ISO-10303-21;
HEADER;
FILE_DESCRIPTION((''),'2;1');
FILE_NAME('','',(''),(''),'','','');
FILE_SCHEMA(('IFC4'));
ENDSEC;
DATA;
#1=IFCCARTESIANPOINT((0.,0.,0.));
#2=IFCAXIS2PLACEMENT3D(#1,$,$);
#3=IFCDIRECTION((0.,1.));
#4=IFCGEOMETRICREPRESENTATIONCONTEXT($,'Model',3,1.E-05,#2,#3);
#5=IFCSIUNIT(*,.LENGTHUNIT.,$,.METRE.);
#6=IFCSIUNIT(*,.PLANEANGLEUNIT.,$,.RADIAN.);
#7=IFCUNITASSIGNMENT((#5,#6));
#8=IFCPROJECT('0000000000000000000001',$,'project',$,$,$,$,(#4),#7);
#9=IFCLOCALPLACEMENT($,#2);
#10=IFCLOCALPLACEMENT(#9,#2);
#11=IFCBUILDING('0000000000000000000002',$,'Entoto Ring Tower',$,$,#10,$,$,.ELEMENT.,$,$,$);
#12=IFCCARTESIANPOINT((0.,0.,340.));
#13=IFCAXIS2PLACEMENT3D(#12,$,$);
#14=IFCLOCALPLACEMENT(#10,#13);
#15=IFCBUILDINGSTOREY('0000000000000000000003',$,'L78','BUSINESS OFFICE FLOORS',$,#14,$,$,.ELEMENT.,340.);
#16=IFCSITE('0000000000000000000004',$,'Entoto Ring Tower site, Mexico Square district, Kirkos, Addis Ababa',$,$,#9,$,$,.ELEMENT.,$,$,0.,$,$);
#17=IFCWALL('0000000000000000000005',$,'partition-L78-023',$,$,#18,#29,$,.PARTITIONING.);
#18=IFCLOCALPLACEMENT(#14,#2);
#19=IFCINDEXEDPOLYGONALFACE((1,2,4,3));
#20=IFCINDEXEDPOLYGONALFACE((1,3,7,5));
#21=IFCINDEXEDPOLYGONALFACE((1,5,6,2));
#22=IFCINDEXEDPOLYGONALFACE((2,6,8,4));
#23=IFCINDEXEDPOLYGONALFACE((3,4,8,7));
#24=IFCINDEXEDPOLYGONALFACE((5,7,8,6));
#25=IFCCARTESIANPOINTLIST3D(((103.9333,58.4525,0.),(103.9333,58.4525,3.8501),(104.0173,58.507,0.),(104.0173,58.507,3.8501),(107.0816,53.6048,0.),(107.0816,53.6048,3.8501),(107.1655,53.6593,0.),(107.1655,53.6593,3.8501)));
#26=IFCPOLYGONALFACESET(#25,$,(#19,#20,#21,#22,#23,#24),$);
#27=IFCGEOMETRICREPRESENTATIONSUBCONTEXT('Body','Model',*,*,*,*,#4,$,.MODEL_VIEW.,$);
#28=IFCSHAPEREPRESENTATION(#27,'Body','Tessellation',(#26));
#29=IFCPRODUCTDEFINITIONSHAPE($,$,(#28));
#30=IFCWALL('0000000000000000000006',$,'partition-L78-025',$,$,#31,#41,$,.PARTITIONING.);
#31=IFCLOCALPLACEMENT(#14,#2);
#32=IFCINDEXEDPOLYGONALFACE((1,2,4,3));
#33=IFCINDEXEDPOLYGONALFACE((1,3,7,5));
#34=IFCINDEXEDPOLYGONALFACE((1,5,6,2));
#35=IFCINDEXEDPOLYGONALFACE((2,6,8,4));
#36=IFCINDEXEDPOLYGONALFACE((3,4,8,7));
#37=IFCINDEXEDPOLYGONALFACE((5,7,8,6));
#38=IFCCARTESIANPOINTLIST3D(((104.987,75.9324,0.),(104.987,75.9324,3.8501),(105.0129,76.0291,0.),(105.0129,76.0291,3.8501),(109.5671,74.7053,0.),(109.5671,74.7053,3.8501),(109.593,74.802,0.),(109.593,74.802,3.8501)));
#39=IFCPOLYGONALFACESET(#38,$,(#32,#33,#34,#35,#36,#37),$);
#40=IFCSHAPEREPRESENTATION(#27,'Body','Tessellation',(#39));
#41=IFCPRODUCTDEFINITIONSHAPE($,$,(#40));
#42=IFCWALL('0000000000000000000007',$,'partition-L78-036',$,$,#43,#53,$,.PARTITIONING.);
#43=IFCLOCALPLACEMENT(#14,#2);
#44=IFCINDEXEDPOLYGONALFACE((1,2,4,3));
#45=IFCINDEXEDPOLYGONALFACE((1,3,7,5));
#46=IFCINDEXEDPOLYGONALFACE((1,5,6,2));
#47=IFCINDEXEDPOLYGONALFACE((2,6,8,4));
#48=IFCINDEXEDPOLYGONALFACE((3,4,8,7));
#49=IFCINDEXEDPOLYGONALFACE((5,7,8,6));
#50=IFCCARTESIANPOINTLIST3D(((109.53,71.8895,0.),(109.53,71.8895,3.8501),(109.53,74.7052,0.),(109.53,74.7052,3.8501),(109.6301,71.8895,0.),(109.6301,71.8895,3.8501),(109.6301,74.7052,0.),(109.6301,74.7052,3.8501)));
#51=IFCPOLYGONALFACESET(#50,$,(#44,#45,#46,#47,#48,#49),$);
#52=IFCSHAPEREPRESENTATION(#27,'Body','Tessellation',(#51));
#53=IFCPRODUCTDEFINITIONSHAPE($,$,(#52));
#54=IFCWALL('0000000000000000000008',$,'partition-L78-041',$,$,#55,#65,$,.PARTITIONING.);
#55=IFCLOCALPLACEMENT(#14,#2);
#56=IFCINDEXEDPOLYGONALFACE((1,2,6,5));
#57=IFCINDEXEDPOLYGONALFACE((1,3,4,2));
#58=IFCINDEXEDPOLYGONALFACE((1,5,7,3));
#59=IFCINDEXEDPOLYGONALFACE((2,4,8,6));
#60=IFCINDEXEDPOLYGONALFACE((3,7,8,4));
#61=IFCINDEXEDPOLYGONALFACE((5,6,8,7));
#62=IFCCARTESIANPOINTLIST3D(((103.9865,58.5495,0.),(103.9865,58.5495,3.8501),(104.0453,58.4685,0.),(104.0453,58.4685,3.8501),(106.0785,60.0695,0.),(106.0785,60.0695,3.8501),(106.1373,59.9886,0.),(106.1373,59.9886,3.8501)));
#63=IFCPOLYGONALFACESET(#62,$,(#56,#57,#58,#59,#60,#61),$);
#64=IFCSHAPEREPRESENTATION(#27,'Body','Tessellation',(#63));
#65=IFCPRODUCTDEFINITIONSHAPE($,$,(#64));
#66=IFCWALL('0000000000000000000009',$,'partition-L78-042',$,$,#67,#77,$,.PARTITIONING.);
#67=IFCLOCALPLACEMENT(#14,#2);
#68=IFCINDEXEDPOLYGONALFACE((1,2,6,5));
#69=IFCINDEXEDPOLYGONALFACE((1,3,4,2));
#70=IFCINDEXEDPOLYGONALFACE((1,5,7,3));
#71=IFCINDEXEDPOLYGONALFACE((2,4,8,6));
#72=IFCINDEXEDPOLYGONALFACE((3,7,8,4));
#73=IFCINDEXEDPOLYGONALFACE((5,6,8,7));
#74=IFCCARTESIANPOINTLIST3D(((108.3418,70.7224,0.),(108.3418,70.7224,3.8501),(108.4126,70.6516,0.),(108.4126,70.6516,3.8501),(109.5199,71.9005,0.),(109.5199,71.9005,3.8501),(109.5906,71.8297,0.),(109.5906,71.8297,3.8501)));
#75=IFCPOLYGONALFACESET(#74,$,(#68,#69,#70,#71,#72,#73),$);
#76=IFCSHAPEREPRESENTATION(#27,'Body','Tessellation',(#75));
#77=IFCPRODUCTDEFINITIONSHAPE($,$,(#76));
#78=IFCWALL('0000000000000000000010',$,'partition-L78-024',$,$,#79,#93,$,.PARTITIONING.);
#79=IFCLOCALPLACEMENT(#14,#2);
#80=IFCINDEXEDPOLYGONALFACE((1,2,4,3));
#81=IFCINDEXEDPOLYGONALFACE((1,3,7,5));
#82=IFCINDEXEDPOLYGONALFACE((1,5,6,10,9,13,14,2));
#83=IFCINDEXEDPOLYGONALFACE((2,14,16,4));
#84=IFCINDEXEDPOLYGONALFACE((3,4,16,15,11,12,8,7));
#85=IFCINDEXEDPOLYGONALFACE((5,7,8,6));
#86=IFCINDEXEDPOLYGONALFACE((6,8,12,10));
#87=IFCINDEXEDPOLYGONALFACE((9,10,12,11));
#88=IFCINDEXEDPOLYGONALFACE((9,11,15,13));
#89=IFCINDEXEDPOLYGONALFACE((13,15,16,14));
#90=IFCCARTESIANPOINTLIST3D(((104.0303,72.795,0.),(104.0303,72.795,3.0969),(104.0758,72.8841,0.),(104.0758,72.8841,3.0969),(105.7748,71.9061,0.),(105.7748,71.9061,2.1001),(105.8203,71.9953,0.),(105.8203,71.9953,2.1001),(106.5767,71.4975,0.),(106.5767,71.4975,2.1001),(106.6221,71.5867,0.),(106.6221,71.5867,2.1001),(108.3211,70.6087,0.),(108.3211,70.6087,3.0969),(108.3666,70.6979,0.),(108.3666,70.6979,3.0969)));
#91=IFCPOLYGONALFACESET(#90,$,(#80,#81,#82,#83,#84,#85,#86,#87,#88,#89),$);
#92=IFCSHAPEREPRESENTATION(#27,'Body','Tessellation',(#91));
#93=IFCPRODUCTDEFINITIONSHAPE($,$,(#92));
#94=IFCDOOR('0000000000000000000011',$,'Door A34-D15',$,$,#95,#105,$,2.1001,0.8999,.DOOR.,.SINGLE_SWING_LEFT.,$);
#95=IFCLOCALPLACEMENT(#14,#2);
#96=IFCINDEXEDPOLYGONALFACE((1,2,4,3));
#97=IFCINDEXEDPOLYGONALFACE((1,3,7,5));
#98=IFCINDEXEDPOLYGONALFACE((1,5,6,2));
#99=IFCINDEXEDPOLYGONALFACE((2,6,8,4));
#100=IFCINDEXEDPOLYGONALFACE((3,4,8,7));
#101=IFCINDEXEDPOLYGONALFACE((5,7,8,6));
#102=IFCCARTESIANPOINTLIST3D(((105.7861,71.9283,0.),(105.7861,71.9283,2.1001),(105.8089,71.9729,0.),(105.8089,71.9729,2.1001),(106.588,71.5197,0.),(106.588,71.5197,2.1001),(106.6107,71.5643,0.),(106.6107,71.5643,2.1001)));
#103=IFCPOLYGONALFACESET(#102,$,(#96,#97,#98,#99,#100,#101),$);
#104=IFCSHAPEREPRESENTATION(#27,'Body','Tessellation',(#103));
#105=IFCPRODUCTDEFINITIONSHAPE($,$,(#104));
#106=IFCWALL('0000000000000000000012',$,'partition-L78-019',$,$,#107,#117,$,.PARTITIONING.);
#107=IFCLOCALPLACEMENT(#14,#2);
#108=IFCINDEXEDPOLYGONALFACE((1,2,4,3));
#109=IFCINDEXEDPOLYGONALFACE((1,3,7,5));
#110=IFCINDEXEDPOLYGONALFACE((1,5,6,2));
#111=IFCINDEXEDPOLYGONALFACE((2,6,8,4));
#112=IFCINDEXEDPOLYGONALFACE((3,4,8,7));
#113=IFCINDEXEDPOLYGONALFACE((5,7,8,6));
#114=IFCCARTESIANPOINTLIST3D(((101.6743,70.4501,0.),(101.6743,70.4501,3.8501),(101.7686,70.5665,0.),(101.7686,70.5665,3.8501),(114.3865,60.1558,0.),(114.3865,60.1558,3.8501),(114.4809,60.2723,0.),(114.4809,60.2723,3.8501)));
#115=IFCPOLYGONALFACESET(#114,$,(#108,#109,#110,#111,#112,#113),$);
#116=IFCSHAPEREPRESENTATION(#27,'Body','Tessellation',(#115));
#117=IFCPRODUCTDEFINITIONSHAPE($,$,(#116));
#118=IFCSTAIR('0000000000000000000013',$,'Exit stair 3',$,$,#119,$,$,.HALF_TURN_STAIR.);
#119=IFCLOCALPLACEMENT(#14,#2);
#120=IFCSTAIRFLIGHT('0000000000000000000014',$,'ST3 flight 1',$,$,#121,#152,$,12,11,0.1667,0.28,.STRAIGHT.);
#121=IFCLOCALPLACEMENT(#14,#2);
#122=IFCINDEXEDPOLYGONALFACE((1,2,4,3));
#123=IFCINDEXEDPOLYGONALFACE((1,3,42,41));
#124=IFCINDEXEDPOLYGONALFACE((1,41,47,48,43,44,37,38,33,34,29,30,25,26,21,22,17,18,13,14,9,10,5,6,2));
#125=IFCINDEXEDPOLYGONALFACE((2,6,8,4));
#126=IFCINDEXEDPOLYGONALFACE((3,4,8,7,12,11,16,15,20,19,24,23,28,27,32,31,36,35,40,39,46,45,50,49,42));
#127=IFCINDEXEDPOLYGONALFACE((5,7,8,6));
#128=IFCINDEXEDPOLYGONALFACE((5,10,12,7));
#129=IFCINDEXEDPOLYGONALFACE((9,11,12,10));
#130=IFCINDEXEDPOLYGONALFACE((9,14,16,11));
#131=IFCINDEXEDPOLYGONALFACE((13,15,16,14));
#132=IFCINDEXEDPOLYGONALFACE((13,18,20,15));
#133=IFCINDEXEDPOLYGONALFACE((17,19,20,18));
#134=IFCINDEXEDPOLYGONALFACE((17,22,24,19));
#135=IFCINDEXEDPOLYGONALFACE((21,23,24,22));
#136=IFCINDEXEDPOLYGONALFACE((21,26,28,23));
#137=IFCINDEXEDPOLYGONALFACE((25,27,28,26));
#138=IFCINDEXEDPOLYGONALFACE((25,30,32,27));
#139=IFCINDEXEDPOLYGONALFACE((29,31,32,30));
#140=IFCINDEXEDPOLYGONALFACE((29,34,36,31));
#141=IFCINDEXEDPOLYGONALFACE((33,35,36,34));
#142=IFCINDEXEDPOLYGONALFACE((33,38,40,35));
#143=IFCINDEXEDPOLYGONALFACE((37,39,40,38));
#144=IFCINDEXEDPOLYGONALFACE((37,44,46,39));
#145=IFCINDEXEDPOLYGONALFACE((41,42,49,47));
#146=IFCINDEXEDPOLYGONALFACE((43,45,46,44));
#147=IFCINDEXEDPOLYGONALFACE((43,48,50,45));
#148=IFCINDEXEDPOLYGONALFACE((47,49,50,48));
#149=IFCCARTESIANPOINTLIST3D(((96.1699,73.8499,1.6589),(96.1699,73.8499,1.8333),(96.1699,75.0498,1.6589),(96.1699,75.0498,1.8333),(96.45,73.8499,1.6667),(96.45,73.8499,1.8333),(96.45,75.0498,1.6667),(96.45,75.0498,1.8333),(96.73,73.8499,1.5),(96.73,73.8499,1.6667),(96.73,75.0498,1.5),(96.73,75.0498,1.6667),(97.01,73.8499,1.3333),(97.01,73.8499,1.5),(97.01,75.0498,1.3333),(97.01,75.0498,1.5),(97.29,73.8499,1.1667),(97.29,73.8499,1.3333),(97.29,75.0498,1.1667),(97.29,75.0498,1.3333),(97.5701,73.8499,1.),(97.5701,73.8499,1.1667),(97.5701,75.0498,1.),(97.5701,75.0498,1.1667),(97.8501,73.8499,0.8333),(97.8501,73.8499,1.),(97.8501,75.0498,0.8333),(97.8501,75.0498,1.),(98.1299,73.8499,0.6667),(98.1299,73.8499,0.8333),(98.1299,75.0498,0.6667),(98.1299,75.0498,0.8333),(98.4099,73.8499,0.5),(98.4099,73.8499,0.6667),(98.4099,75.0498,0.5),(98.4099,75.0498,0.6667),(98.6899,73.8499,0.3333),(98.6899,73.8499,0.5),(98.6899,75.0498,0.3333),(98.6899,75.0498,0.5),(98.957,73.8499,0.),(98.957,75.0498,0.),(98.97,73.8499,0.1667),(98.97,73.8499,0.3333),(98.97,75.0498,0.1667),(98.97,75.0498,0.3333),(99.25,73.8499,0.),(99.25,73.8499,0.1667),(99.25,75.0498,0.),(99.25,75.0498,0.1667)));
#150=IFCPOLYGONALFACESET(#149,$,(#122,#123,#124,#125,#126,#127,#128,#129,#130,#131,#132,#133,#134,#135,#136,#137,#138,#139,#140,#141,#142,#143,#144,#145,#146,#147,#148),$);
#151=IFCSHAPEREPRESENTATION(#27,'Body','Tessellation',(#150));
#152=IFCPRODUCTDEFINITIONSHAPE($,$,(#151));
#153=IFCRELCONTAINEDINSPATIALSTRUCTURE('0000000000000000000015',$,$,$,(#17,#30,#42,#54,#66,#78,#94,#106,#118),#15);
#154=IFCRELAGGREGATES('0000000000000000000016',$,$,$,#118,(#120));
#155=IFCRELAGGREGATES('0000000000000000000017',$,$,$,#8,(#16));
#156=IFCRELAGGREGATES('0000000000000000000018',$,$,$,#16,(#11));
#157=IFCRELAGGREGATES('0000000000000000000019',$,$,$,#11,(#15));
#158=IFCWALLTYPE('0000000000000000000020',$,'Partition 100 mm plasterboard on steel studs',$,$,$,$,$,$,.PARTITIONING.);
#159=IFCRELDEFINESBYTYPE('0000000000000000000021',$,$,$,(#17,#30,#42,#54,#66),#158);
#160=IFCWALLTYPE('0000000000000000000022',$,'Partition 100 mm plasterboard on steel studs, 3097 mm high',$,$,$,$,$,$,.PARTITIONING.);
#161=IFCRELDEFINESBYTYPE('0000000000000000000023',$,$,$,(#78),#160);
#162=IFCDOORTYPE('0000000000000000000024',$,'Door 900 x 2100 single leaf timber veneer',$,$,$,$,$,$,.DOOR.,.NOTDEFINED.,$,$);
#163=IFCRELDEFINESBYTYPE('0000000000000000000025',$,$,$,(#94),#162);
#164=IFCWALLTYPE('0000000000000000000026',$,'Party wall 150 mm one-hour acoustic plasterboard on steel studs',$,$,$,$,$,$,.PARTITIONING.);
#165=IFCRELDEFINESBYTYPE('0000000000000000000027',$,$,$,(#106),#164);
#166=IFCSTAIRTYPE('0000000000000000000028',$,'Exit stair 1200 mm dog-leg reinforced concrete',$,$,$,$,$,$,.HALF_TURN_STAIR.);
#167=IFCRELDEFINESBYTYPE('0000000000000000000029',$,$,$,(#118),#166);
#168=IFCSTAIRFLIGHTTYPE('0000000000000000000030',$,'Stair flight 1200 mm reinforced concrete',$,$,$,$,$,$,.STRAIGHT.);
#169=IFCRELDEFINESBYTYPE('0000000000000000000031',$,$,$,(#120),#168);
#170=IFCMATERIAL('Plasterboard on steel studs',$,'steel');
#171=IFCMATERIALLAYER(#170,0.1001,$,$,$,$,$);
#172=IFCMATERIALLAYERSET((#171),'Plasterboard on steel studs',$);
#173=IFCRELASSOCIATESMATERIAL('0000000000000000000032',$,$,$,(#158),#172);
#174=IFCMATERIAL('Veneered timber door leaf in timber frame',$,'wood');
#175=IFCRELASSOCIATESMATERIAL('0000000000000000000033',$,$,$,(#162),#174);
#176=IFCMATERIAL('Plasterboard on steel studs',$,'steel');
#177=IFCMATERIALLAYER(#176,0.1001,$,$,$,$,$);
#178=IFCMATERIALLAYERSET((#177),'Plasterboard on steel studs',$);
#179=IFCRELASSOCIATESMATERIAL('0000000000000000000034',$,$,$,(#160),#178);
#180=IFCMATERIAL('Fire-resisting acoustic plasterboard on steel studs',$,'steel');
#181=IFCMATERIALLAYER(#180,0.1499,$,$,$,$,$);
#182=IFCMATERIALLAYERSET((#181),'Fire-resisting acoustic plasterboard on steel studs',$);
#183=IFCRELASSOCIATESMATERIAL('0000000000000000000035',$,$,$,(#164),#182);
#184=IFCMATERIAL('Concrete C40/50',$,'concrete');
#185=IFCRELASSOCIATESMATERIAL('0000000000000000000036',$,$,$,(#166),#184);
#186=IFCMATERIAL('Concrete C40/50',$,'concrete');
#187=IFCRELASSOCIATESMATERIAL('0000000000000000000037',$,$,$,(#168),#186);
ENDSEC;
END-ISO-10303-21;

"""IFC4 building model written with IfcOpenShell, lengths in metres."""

from ifc_helpers import new_model, si_unit, direction, frame, frame_2d, origin, place, context, subcontext, project, spatial, polyline, rectangle, outline, extrude, material, layer, layer_set, type_object, element, fill, aggregate, save


model = new_model("IFC4")

# Units and contexts
model_context = context("Model", 3, precision=1e-05, world=origin(), true_north=direction((0.0, 1.0)))
body_context = subcontext(model_context, "Body", "Model", "MODEL_VIEW")
ifc_project = project(units=[si_unit("LENGTHUNIT", "METRE"), si_unit("PLANEANGLEUNIT", "RADIAN")], contexts=[model_context])

# Site, building, storey
site_placement = place(None, origin())
site = spatial("IfcSite", under=ifc_project, at=site_placement, Name="Entoto Ring Tower site, Mexico Square district, Kirkos, Addis Ababa", CompositionType="ELEMENT", RefElevation=0.0)
building_placement = place(site_placement, origin())
building = spatial("IfcBuilding", under=site, at=building_placement, Name="Entoto Ring Tower", CompositionType="ELEMENT")
storey_placement = place(building_placement, frame((0.0, 0.0, 340.0)))
storey = spatial("IfcBuildingStorey", under=building, at=storey_placement, Name="L78", Description="BUSINESS OFFICE FLOORS", CompositionType="ELEMENT", Elevation=340.0)

# Shared definitions
ifc_material_1 = material(Name="Plasterboard on steel studs", Category="steel")
ifc_layer_1 = layer(ifc_material_1, 0.1001)
ifc_layer_set_1 = layer_set([ifc_layer_1], Name="Plasterboard on steel studs")
wall_type_1 = type_object("IfcWallType", Name="Partition 100 mm plasterboard on steel studs", PredefinedType="PARTITIONING", material=ifc_layer_set_1)
ifc_material_2 = material(Name="Veneered timber door leaf in timber frame", Category="wood")
door_type_1 = type_object("IfcDoorType", Name="Door 900 x 2100 single leaf timber veneer", OperationType="NOTDEFINED", PredefinedType="DOOR", material=ifc_material_2)

# Walls
wall_1_placement = place(storey_placement, frame((107.1235, 53.6321, 0.0), z_axis=(0.0, 0.0, 1.0), x_axis=(-0.54465, 0.838664, 0.0)))
element("IfcWall", 1, at=wall_1_placement, inside=storey, type_object=wall_type_1, Name="partition-L78-023", PredefinedType="PARTITIONING", context=body_context, shape_type="SweptSolid", body=[
    extrude(rectangle(XDim=5.7803, YDim=0.1001, at=frame_2d((2.8901, 0.0))), origin(), (0.0, 0.0, 1.0), 3.8501),
])
wall_2_placement = place(storey_placement, frame((109.5801, 74.7537, 0.0), z_axis=(0.0, 0.0, 1.0), x_axis=(-0.965935, 0.258784, 0.0)))
element("IfcWall", 2, at=wall_2_placement, inside=storey, type_object=wall_type_1, Name="partition-L78-025", PredefinedType="PARTITIONING", context=body_context, shape_type="SweptSolid", body=[
    extrude(rectangle(XDim=4.7417, YDim=0.1001, at=frame_2d((2.3708, 0.0))), origin(), (0.0, 0.0, 1.0), 3.8501),
])
wall_3_placement = place(storey_placement, frame((109.5801, 71.8896, 0.0), z_axis=(0.0, 0.0, 1.0), x_axis=(0.0, 1.0, 0.0)))
element("IfcWall", 3, at=wall_3_placement, inside=storey, type_object=wall_type_1, Name="partition-L78-036", PredefinedType="PARTITIONING", context=body_context, shape_type="SweptSolid", body=[
    extrude(rectangle(XDim=2.8157, YDim=0.1001, at=frame_2d((1.4077, 0.0))), origin(), (0.0, 0.0, 1.0), 3.8501),
])
wall_4_placement = place(storey_placement, frame((104.0159, 58.509, 0.0), z_axis=(0.0, 0.0, 1.0), x_axis=(0.809005, 0.587801, 0.0)))
element("IfcWall", 4, at=wall_4_placement, inside=storey, type_object=wall_type_1, Name="partition-L78-041", PredefinedType="PARTITIONING", context=body_context, shape_type="SweptSolid", body=[
    extrude(rectangle(XDim=2.5859, YDim=0.1001, at=frame_2d((1.293, 0.0))), origin(), (0.0, 0.0, 1.0), 3.8501),
])
wall_5_placement = place(storey_placement, frame((108.3772, 70.687, 0.0), z_axis=(0.0, 0.0, 1.0), x_axis=(0.707107, 0.707107, 0.0)))
element("IfcWall", 5, at=wall_5_placement, inside=storey, type_object=wall_type_1, Name="partition-L78-042", PredefinedType="PARTITIONING", context=body_context, shape_type="SweptSolid", body=[
    extrude(rectangle(XDim=1.666, YDim=0.1001, at=frame_2d((0.833, 0.0))), origin(), (0.0, 0.0, 1.0), 3.8501),
])

# Wall, opening, door
ifc_material_3 = material(Name="Plasterboard on steel studs", Category="steel")
ifc_layer_2 = layer(ifc_material_3, 0.1001)
ifc_layer_set_2 = layer_set([ifc_layer_2], Name="Plasterboard on steel studs")
wall_type_2 = type_object("IfcWallType", Name="Partition 100 mm plasterboard on steel studs, 3097 mm high", PredefinedType="PARTITIONING", material=ifc_layer_set_2)
wall_6_placement = place(storey_placement, frame((108.3438, 70.6533, 0.0), z_axis=(0.0, 0.0, 1.0), x_axis=(-0.891005, 0.453994, 0.0)))
wall_6 = element("IfcWall", 6, at=wall_6_placement, inside=storey, type_object=wall_type_2, Name="partition-L78-024", PredefinedType="PARTITIONING", context=body_context, shape_type="SweptSolid", body=[
    extrude(rectangle(XDim=4.8157, YDim=0.1001, at=frame_2d((2.4077, 0.0))), origin(), (0.0, 0.0, 1.0), 3.0969),
])
opening_1_placement = place(wall_6_placement, frame((1.9578, 0.0, 0.0)))
opening_1 = element("IfcOpeningElement", 7, at=opening_1_placement, cuts=wall_6, PredefinedType="OPENING", context=body_context, shape_type="SweptSolid", body=[
    extrude(rectangle(XDim=0.8999, YDim=2.1001, at=frame_2d((0.45, 1.05))), frame((0.0, 0.0601, 0.0), z_axis=(0.0, -1.0, 0.0), x_axis=(1.0, 0.0, 0.0)), (0.0, 0.0, 1.0), 0.1201),
])
door_1_placement = place(opening_1_placement, frame((0.8999, 0.0, 0.0), z_axis=(0.0, 0.0, 1.0), x_axis=(-1.0, 0.0, 0.0)))
door_1 = element("IfcDoor", 8, at=door_1_placement, inside=storey, type_object=door_type_1, Name="Door A34-D15", OperationType="SINGLE_SWING_LEFT", OverallHeight=2.1001, OverallWidth=0.8999, PredefinedType="DOOR", context=body_context, shape_type="SweptSolid", body=[
    extrude(rectangle(XDim=0.8999, YDim=2.1001, at=frame_2d((0.45, 1.05))), frame((0.0, 0.0249, 0.0), z_axis=(0.0, -1.0, 0.0), x_axis=(1.0, 0.0, 0.0)), (0.0, 0.0, 1.0), 0.05),
])
fill(opening_1, door_1)

# Wall
ifc_material_4 = material(Name="Fire-resisting acoustic plasterboard on steel studs", Category="steel")
ifc_layer_3 = layer(ifc_material_4, 0.1499)
ifc_layer_set_3 = layer_set([ifc_layer_3], Name="Fire-resisting acoustic plasterboard on steel studs")
wall_type_3 = type_object("IfcWallType", Name="Party wall 150 mm one-hour acoustic plasterboard on steel studs", PredefinedType="PARTITIONING", material=ifc_layer_set_3)
wall_7_placement = place(storey_placement, frame((114.4336, 60.2141, 0.0), z_axis=(0.0, 0.0, 1.0), x_axis=(-0.777143, 0.629324, 0.0)))
element("IfcWall", 9, at=wall_7_placement, inside=storey, type_object=wall_type_3, Name="partition-L78-019", PredefinedType="PARTITIONING", context=body_context, shape_type="SweptSolid", body=[
    extrude(rectangle(XDim=16.3577, YDim=0.1499, at=frame_2d((8.1787, 0.0))), origin(), (0.0, 0.0, 1.0), 3.8501),
])

# Stair, stair flight
ifc_material_5 = material(Name="Concrete C40/50", Category="concrete")
stair_type = type_object("IfcStairType", Name="Exit stair 1200 mm dog-leg reinforced concrete", PredefinedType="HALF_TURN_STAIR", material=ifc_material_5)
stair_placement = place(storey_placement, origin())
stair = element("IfcStair", 10, at=stair_placement, inside=storey, type_object=stair_type, Name="Exit stair 3", PredefinedType="HALF_TURN_STAIR")
ifc_material_6 = material(Name="Concrete C40/50", Category="concrete")
stair_flight_type = type_object("IfcStairFlightType", Name="Stair flight 1200 mm reinforced concrete", PredefinedType="STRAIGHT", material=ifc_material_6)
stair_flight_placement = place(storey_placement, frame((99.25, 74.45, 0.0), z_axis=(0.0, 0.0, 1.0), x_axis=(-1.0, 0.0, 0.0)))
stair_flight = element("IfcStairFlight", 11, at=stair_flight_placement, type_object=stair_flight_type, Name="ST3 flight 1", NumberOfRisers=12, NumberOfTreads=11, PredefinedType="STRAIGHT", RiserHeight=0.1667, TreadLength=0.28, context=body_context, shape_type="SweptSolid", body=[
    extrude(outline(polyline([(0.0, 0.0), (0.0, 0.1667), (0.28, 0.1667), (0.28, 0.3333), (0.5601, 0.3333), (0.5601, 0.5), (0.8401, 0.5), (0.8401, 0.6667), (1.1201, 0.6667), (1.1201, 0.8333), (1.3999, 0.8333), (1.3999, 1.0), (1.6799, 1.0), (1.6799, 1.1667), (1.96, 1.1667), (1.96, 1.3333), (2.24, 1.3333), (2.24, 1.5), (2.52, 1.5), (2.52, 1.6667), (2.8, 1.6667), (2.8, 1.8333), (3.0801, 1.8333), (3.0801, 2.0), (3.0801, 1.6589), (0.293, 0.0), (0.0, 0.0)])), frame((0.0, 0.6001, 0.0), z_axis=(0.0, -1.0, 0.0), x_axis=(1.0, 0.0, 0.0)), (0.0, 0.0, 1.0), 1.2),
])
aggregate(stair, [stair_flight])

save(model, "model.ifc")
